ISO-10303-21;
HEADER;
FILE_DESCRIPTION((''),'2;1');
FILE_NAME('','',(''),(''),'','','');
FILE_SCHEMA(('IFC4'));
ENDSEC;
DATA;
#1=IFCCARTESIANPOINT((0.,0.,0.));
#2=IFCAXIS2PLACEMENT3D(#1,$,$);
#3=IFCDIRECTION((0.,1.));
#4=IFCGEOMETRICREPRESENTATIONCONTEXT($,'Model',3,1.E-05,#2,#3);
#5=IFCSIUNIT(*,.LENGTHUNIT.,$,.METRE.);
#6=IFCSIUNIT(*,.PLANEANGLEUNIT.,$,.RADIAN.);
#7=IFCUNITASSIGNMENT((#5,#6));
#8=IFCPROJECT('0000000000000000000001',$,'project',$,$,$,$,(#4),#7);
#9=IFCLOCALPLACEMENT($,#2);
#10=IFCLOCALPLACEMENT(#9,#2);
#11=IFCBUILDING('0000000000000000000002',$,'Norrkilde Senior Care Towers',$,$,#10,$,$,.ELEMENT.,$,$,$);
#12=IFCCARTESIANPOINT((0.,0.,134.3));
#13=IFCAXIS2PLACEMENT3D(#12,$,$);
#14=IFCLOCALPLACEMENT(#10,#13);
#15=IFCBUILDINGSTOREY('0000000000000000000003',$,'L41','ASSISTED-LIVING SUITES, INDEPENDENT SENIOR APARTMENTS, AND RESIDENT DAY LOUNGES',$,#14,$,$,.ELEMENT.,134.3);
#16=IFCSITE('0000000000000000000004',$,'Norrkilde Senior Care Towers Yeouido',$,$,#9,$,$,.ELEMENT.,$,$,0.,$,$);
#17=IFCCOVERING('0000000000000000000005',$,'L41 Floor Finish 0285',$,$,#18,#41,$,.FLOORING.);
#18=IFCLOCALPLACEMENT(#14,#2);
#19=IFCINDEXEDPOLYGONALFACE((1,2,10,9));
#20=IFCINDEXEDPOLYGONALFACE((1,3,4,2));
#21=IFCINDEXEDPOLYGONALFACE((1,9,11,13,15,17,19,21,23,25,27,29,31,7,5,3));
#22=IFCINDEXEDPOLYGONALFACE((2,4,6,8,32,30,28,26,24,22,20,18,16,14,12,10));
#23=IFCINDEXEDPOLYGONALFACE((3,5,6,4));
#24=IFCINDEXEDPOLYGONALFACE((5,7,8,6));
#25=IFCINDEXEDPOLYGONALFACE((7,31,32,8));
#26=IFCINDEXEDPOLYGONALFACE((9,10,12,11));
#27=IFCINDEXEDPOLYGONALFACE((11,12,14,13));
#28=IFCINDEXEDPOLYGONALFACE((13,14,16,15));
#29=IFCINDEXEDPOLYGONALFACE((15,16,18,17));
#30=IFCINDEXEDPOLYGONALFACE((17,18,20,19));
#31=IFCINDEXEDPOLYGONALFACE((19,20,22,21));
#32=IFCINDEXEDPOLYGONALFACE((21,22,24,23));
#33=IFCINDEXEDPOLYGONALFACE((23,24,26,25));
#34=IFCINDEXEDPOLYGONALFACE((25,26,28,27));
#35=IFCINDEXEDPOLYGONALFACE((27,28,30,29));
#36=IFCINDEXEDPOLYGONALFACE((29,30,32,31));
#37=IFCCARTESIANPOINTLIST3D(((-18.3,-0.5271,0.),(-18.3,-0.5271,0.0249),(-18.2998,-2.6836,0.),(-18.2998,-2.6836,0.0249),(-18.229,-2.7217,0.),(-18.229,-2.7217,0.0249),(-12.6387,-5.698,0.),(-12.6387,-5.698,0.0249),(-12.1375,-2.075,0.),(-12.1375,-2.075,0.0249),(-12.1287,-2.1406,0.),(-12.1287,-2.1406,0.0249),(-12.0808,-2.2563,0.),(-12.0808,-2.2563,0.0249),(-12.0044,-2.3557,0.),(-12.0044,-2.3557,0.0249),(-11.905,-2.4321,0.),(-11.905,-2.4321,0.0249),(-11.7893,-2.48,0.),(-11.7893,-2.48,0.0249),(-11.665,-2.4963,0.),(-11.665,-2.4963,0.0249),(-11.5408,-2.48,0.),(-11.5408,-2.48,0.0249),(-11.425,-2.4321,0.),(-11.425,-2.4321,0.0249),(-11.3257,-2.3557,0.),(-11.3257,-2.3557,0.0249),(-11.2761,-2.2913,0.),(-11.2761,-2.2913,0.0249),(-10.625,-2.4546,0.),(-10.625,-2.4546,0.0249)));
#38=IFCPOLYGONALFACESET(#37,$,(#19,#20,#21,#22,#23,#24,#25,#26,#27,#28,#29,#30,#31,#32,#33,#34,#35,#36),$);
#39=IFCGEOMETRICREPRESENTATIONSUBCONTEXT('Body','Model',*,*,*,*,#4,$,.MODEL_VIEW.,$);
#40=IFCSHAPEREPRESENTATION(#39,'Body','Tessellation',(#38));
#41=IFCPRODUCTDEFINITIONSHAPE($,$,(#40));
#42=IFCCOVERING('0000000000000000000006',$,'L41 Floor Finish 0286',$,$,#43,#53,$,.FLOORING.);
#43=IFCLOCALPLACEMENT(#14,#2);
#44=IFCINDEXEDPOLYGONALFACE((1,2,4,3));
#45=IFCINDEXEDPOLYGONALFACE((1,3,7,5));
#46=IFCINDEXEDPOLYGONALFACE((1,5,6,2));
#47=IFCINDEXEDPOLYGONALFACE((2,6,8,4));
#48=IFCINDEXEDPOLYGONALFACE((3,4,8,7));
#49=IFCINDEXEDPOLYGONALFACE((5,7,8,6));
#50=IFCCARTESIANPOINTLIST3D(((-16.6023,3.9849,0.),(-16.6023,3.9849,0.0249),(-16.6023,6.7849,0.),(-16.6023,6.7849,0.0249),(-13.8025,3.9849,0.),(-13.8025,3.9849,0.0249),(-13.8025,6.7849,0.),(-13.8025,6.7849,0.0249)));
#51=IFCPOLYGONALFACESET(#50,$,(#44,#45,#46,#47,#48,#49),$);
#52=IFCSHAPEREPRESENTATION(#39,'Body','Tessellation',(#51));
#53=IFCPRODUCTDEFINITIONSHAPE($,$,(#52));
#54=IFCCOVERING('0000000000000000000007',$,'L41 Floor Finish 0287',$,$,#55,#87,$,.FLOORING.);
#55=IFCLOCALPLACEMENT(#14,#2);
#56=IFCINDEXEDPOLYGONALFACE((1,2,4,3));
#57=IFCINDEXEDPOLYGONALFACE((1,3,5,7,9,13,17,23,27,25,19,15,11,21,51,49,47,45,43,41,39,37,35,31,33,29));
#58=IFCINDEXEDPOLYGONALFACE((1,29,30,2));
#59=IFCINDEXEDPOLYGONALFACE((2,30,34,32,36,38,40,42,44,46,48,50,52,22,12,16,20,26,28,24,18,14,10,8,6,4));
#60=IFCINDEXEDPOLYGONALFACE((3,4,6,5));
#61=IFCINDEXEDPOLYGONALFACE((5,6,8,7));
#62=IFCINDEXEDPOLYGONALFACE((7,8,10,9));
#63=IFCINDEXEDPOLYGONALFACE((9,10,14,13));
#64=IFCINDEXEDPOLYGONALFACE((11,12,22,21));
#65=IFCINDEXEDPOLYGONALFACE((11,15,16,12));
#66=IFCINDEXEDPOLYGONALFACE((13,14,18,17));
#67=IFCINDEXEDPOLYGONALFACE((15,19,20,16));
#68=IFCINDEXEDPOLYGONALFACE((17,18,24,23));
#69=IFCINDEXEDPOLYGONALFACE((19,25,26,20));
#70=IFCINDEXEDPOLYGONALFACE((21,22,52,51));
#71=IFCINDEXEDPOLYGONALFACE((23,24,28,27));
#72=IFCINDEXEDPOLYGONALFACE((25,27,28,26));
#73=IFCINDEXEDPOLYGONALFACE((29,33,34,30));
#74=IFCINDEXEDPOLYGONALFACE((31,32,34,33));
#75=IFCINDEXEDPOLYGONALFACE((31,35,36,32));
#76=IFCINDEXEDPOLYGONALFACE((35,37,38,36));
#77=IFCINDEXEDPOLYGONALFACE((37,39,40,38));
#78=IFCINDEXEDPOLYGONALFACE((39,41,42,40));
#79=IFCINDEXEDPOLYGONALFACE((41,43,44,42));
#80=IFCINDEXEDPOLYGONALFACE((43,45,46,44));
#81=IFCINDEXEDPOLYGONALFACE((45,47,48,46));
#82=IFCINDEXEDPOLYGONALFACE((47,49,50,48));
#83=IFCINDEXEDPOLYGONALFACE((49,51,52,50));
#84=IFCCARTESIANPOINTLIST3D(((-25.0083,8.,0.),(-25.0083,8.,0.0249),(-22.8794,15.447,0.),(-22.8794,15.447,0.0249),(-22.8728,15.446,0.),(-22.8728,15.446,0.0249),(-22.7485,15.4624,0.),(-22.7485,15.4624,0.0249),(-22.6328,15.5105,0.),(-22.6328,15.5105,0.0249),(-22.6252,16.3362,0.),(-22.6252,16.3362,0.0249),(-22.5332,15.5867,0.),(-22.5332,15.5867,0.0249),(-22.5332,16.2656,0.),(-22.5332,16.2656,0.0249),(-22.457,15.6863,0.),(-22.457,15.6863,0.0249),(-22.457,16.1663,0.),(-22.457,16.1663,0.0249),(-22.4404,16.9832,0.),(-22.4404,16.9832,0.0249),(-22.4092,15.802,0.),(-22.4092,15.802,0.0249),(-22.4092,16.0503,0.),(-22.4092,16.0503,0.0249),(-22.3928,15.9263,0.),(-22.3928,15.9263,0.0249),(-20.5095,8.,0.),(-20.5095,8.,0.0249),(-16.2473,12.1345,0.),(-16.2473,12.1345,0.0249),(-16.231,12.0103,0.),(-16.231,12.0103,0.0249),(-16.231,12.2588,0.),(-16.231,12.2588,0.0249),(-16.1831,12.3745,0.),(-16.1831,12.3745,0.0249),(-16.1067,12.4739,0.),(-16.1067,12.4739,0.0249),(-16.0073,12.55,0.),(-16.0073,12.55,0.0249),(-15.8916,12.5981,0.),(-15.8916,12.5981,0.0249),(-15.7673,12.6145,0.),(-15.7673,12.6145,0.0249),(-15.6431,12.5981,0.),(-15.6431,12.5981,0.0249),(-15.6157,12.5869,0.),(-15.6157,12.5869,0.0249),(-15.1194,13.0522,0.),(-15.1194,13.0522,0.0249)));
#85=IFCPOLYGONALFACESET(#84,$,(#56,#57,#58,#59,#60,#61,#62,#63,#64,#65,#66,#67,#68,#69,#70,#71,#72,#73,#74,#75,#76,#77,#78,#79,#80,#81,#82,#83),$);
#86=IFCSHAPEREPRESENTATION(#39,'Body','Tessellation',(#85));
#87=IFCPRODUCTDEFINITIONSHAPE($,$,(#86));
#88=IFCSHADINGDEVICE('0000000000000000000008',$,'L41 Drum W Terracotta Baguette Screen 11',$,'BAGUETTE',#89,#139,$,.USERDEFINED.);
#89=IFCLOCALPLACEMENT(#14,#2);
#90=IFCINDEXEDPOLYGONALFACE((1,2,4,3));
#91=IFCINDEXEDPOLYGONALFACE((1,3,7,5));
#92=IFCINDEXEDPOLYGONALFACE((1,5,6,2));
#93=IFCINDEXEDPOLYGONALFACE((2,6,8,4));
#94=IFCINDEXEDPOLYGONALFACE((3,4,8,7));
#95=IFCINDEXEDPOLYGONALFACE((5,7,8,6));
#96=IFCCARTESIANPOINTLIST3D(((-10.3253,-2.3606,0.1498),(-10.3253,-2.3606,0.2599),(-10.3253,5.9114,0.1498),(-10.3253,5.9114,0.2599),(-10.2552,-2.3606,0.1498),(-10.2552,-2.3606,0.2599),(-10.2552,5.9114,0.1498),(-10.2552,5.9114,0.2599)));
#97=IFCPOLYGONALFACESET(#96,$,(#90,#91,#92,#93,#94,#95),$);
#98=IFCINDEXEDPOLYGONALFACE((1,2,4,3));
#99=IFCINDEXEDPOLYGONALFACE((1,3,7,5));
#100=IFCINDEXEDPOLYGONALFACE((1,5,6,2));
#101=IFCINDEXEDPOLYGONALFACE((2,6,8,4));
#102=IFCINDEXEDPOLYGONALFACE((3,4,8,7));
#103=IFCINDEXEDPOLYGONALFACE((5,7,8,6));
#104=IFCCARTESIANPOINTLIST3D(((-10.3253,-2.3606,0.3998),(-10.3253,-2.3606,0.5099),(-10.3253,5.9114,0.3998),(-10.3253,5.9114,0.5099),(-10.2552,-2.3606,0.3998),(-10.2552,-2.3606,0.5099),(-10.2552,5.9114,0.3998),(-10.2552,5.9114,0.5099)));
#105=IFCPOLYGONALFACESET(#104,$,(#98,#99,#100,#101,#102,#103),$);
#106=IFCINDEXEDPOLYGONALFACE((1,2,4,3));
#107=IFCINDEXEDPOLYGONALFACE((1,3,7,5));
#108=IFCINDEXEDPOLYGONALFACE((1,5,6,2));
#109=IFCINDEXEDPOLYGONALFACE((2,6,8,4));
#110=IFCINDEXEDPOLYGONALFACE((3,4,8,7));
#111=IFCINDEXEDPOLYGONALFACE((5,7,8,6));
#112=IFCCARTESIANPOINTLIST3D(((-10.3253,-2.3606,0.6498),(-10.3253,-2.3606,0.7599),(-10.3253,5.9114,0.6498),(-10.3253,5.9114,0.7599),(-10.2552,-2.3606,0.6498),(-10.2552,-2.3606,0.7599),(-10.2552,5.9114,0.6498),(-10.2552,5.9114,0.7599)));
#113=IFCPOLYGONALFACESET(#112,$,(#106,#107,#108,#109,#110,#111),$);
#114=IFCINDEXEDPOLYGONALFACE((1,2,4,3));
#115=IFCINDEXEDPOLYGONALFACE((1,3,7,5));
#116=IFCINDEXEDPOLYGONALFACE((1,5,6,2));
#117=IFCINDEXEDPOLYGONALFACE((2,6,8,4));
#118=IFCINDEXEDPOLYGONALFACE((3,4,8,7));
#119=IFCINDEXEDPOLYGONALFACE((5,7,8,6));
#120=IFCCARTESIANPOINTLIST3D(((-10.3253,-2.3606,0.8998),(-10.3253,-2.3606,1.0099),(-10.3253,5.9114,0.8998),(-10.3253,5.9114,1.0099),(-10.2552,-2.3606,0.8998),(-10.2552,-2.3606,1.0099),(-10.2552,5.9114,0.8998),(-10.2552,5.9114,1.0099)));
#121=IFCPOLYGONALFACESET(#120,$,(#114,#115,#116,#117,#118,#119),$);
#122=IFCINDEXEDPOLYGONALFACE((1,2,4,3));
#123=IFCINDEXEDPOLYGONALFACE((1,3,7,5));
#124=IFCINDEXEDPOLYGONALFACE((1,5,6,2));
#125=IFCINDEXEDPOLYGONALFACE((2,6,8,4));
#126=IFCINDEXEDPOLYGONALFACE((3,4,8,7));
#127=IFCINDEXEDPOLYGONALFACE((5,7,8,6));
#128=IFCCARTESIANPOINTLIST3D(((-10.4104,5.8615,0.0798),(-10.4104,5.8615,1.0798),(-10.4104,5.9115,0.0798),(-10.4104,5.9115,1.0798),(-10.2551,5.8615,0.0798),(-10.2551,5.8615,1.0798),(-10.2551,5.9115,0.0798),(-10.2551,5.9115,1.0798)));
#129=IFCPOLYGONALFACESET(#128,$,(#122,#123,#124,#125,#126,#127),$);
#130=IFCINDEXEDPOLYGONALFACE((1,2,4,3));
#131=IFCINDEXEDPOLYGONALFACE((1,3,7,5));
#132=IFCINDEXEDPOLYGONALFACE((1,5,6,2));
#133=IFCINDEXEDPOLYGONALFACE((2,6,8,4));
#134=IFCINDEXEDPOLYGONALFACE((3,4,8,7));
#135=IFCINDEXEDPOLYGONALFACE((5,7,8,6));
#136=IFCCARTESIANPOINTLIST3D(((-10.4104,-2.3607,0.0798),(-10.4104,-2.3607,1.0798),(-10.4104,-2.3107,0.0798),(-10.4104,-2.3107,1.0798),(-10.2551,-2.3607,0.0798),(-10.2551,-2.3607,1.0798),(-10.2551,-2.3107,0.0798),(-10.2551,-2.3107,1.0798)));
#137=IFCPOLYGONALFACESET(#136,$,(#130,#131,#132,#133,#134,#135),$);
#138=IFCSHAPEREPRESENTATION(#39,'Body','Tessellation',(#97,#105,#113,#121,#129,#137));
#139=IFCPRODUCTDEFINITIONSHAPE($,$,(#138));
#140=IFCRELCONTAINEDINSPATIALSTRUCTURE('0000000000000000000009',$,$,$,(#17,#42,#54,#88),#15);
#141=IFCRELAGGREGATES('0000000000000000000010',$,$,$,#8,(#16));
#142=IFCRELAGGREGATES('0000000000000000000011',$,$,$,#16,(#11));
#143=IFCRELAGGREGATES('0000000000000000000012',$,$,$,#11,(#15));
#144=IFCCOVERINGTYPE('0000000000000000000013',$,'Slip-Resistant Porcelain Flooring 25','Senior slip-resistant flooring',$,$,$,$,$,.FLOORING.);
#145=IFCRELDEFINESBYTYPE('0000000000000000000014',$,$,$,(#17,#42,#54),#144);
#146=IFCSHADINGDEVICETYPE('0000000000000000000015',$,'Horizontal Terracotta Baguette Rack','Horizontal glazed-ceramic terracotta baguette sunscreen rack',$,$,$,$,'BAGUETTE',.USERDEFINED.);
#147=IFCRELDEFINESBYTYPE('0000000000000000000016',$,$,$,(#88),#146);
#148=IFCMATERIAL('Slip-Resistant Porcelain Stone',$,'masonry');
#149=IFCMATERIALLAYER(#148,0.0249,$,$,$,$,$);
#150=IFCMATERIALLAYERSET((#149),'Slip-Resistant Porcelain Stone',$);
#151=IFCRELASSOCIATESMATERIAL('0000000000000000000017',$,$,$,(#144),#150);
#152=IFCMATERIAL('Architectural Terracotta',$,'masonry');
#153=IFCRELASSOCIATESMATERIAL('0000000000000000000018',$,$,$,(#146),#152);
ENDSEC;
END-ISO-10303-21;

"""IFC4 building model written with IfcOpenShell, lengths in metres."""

from ifc_helpers import new_model, si_unit, direction, frame, origin, origin_2d, place, context, subcontext, project, spatial, polyline, rectangle, outline, extrude, source, transform, mapped, material, layer, layer_set, type_object, type_shapes, element, save


model = new_model("IFC4")

# Units and contexts
model_context = context("Model", 3, precision=1e-05, world=origin(), true_north=direction((0.0, 1.0)))
body_context = subcontext(model_context, "Body", "Model", "MODEL_VIEW")
ifc_project = project(units=[si_unit("LENGTHUNIT", "METRE"), si_unit("PLANEANGLEUNIT", "RADIAN")], contexts=[model_context])

# Site, building, storey
site_placement = place(None, origin())
site = spatial("IfcSite", under=ifc_project, at=site_placement, Name="Norrkilde Senior Care Towers Yeouido", CompositionType="ELEMENT", RefElevation=0.0)
building_placement = place(site_placement, origin())
building = spatial("IfcBuilding", under=site, at=building_placement, Name="Norrkilde Senior Care Towers", CompositionType="ELEMENT")
storey_placement = place(building_placement, frame((0.0, 0.0, 134.3)))
storey = spatial("IfcBuildingStorey", under=building, at=storey_placement, Name="L41", Description="ASSISTED-LIVING SUITES, INDEPENDENT SENIOR APARTMENTS, AND RESIDENT DAY LOUNGES", CompositionType="ELEMENT", Elevation=134.3)

# Coverings
ifc_material_1 = material(Name="Slip-Resistant Porcelain Stone", Category="masonry")
ifc_layer_1 = layer(ifc_material_1, 0.0249)
ifc_layer_set_1 = layer_set([ifc_layer_1], Name="Slip-Resistant Porcelain Stone")
covering_type_1 = type_object("IfcCoveringType", Name="Slip-Resistant Porcelain Flooring 25", Description="Senior slip-resistant flooring", PredefinedType="FLOORING", material=ifc_layer_set_1)
covering_1_placement = place(storey_placement, origin())
element("IfcCovering", 1, at=covering_1_placement, inside=storey, type_object=covering_type_1, Name="L41 Floor Finish 0285", PredefinedType="FLOORING", context=body_context, shape_type="SweptSolid", body=[
    extrude(outline(polyline([(-18.3, -0.5271), (-12.1375, -2.075), (-12.1287, -2.1406), (-12.0808, -2.2563), (-12.0044, -2.3557), (-11.905, -2.4321), (-11.7893, -2.48), (-11.665, -2.4963), (-11.5408, -2.48), (-11.425, -2.4321), (-11.3257, -2.3557), (-11.2761, -2.2913), (-10.625, -2.4546), (-12.6387, -5.698), (-18.229, -2.7217), (-18.2998, -2.6836), (-18.3, -0.5271)])), origin(), (0.0, 0.0, 1.0), 0.0249),
])
covering_2_placement = place(storey_placement, origin())
element("IfcCovering", 2, at=covering_2_placement, inside=storey, type_object=covering_type_1, Name="L41 Floor Finish 0286", PredefinedType="FLOORING", context=body_context, shape_type="SweptSolid", body=[
    extrude(outline(polyline([(-16.6023, 3.9849), (-16.6023, 6.7849), (-13.8025, 6.7849), (-13.8025, 3.9849), (-16.6023, 3.9849)])), origin(), (0.0, 0.0, 1.0), 0.0249),
])
covering_3_placement = place(storey_placement, origin())
element("IfcCovering", 3, at=covering_3_placement, inside=storey, type_object=covering_type_1, Name="L41 Floor Finish 0287", PredefinedType="FLOORING", context=body_context, shape_type="SweptSolid", body=[
    extrude(outline(polyline([(-15.6431, 12.5981), (-15.7673, 12.6145), (-15.8916, 12.5981), (-16.0073, 12.55), (-16.1067, 12.4739), (-16.1831, 12.3745), (-16.231, 12.2588), (-16.2473, 12.1345), (-16.231, 12.0103), (-16.231, 12.0103), (-20.5095, 8.0), (-25.0083, 8.0), (-22.8794, 15.447), (-22.8728, 15.446), (-22.7485, 15.4624), (-22.6328, 15.5105), (-22.5332, 15.5867), (-22.457, 15.6863), (-22.4092, 15.802), (-22.3928, 15.9263), (-22.4092, 16.0503), (-22.457, 16.1663), (-22.5332, 16.2656), (-22.6252, 16.3362), (-22.4404, 16.9832), (-15.1194, 13.0522), (-15.6157, 12.5869), (-15.6431, 12.5981)])), origin(), (0.0, 0.0, 1.0), 0.0249),
])

# Shading device
ifc_material_2 = material(Name="Architectural Terracotta", Category="masonry")
shading_device_type = type_object("IfcShadingDeviceType", Name="Horizontal Terracotta Baguette Rack", Description="Horizontal glazed-ceramic terracotta baguette sunscreen rack", ElementType="BAGUETTE", PredefinedType="USERDEFINED", material=ifc_material_2)
shared_shape_1 = source(origin(), body_context, "Body", "SweptSolid", [
    extrude(rectangle(XDim=0.0701, YDim=0.1101, at=origin_2d()), frame((0.0, 0.0901, 0.125), z_axis=(1.0, 0.0, 0.0), x_axis=(0.0, 1.0, 0.0)), (0.0, 0.0, 1.0), 8.272),
    extrude(rectangle(XDim=0.0701, YDim=0.1101, at=origin_2d()), frame((0.0, 0.0901, 0.375), z_axis=(1.0, 0.0, 0.0), x_axis=(0.0, 1.0, 0.0)), (0.0, 0.0, 1.0), 8.272),
    extrude(rectangle(XDim=0.0701, YDim=0.1101, at=origin_2d()), frame((0.0, 0.0901, 0.625), z_axis=(1.0, 0.0, 0.0), x_axis=(0.0, 1.0, 0.0)), (0.0, 0.0, 1.0), 8.272),
    extrude(rectangle(XDim=0.0701, YDim=0.1101, at=origin_2d()), frame((0.0, 0.0901, 0.875), z_axis=(1.0, 0.0, 0.0), x_axis=(0.0, 1.0, 0.0)), (0.0, 0.0, 1.0), 8.272),
    extrude(rectangle(XDim=0.05, YDim=0.1553, at=origin_2d()), frame((0.0249, 0.0476, 0.0)), (0.0, 0.0, 1.0), 1.0),
    extrude(rectangle(XDim=0.05, YDim=0.1553, at=origin_2d()), frame((8.2471, 0.0476, 0.0)), (0.0, 0.0, 1.0), 1.0),
])
type_shapes(shading_device_type, [shared_shape_1])
shading_device_placement = place(storey_placement, frame((-10.3804, 5.9114, 0.0798), z_axis=(0.0, 0.0, 1.0), x_axis=(0.0, -1.0, 0.0)))
element("IfcShadingDevice", 4, at=shading_device_placement, inside=storey, type_object=shading_device_type, Name="L41 Drum W Terracotta Baguette Screen 11", ObjectType="BAGUETTE", PredefinedType="USERDEFINED", context=body_context, shape_type="MappedRepresentation", body=[
    mapped(shared_shape_1, transform((0.0, 0.0, 0.0), x_axis=(1.0, 0.0, 0.0), y_axis=(0.0, 1.0, 0.0), z_axis=(0.0, 0.0, 1.0), scale=1.0)),
])

save(model, "model.ifc")
